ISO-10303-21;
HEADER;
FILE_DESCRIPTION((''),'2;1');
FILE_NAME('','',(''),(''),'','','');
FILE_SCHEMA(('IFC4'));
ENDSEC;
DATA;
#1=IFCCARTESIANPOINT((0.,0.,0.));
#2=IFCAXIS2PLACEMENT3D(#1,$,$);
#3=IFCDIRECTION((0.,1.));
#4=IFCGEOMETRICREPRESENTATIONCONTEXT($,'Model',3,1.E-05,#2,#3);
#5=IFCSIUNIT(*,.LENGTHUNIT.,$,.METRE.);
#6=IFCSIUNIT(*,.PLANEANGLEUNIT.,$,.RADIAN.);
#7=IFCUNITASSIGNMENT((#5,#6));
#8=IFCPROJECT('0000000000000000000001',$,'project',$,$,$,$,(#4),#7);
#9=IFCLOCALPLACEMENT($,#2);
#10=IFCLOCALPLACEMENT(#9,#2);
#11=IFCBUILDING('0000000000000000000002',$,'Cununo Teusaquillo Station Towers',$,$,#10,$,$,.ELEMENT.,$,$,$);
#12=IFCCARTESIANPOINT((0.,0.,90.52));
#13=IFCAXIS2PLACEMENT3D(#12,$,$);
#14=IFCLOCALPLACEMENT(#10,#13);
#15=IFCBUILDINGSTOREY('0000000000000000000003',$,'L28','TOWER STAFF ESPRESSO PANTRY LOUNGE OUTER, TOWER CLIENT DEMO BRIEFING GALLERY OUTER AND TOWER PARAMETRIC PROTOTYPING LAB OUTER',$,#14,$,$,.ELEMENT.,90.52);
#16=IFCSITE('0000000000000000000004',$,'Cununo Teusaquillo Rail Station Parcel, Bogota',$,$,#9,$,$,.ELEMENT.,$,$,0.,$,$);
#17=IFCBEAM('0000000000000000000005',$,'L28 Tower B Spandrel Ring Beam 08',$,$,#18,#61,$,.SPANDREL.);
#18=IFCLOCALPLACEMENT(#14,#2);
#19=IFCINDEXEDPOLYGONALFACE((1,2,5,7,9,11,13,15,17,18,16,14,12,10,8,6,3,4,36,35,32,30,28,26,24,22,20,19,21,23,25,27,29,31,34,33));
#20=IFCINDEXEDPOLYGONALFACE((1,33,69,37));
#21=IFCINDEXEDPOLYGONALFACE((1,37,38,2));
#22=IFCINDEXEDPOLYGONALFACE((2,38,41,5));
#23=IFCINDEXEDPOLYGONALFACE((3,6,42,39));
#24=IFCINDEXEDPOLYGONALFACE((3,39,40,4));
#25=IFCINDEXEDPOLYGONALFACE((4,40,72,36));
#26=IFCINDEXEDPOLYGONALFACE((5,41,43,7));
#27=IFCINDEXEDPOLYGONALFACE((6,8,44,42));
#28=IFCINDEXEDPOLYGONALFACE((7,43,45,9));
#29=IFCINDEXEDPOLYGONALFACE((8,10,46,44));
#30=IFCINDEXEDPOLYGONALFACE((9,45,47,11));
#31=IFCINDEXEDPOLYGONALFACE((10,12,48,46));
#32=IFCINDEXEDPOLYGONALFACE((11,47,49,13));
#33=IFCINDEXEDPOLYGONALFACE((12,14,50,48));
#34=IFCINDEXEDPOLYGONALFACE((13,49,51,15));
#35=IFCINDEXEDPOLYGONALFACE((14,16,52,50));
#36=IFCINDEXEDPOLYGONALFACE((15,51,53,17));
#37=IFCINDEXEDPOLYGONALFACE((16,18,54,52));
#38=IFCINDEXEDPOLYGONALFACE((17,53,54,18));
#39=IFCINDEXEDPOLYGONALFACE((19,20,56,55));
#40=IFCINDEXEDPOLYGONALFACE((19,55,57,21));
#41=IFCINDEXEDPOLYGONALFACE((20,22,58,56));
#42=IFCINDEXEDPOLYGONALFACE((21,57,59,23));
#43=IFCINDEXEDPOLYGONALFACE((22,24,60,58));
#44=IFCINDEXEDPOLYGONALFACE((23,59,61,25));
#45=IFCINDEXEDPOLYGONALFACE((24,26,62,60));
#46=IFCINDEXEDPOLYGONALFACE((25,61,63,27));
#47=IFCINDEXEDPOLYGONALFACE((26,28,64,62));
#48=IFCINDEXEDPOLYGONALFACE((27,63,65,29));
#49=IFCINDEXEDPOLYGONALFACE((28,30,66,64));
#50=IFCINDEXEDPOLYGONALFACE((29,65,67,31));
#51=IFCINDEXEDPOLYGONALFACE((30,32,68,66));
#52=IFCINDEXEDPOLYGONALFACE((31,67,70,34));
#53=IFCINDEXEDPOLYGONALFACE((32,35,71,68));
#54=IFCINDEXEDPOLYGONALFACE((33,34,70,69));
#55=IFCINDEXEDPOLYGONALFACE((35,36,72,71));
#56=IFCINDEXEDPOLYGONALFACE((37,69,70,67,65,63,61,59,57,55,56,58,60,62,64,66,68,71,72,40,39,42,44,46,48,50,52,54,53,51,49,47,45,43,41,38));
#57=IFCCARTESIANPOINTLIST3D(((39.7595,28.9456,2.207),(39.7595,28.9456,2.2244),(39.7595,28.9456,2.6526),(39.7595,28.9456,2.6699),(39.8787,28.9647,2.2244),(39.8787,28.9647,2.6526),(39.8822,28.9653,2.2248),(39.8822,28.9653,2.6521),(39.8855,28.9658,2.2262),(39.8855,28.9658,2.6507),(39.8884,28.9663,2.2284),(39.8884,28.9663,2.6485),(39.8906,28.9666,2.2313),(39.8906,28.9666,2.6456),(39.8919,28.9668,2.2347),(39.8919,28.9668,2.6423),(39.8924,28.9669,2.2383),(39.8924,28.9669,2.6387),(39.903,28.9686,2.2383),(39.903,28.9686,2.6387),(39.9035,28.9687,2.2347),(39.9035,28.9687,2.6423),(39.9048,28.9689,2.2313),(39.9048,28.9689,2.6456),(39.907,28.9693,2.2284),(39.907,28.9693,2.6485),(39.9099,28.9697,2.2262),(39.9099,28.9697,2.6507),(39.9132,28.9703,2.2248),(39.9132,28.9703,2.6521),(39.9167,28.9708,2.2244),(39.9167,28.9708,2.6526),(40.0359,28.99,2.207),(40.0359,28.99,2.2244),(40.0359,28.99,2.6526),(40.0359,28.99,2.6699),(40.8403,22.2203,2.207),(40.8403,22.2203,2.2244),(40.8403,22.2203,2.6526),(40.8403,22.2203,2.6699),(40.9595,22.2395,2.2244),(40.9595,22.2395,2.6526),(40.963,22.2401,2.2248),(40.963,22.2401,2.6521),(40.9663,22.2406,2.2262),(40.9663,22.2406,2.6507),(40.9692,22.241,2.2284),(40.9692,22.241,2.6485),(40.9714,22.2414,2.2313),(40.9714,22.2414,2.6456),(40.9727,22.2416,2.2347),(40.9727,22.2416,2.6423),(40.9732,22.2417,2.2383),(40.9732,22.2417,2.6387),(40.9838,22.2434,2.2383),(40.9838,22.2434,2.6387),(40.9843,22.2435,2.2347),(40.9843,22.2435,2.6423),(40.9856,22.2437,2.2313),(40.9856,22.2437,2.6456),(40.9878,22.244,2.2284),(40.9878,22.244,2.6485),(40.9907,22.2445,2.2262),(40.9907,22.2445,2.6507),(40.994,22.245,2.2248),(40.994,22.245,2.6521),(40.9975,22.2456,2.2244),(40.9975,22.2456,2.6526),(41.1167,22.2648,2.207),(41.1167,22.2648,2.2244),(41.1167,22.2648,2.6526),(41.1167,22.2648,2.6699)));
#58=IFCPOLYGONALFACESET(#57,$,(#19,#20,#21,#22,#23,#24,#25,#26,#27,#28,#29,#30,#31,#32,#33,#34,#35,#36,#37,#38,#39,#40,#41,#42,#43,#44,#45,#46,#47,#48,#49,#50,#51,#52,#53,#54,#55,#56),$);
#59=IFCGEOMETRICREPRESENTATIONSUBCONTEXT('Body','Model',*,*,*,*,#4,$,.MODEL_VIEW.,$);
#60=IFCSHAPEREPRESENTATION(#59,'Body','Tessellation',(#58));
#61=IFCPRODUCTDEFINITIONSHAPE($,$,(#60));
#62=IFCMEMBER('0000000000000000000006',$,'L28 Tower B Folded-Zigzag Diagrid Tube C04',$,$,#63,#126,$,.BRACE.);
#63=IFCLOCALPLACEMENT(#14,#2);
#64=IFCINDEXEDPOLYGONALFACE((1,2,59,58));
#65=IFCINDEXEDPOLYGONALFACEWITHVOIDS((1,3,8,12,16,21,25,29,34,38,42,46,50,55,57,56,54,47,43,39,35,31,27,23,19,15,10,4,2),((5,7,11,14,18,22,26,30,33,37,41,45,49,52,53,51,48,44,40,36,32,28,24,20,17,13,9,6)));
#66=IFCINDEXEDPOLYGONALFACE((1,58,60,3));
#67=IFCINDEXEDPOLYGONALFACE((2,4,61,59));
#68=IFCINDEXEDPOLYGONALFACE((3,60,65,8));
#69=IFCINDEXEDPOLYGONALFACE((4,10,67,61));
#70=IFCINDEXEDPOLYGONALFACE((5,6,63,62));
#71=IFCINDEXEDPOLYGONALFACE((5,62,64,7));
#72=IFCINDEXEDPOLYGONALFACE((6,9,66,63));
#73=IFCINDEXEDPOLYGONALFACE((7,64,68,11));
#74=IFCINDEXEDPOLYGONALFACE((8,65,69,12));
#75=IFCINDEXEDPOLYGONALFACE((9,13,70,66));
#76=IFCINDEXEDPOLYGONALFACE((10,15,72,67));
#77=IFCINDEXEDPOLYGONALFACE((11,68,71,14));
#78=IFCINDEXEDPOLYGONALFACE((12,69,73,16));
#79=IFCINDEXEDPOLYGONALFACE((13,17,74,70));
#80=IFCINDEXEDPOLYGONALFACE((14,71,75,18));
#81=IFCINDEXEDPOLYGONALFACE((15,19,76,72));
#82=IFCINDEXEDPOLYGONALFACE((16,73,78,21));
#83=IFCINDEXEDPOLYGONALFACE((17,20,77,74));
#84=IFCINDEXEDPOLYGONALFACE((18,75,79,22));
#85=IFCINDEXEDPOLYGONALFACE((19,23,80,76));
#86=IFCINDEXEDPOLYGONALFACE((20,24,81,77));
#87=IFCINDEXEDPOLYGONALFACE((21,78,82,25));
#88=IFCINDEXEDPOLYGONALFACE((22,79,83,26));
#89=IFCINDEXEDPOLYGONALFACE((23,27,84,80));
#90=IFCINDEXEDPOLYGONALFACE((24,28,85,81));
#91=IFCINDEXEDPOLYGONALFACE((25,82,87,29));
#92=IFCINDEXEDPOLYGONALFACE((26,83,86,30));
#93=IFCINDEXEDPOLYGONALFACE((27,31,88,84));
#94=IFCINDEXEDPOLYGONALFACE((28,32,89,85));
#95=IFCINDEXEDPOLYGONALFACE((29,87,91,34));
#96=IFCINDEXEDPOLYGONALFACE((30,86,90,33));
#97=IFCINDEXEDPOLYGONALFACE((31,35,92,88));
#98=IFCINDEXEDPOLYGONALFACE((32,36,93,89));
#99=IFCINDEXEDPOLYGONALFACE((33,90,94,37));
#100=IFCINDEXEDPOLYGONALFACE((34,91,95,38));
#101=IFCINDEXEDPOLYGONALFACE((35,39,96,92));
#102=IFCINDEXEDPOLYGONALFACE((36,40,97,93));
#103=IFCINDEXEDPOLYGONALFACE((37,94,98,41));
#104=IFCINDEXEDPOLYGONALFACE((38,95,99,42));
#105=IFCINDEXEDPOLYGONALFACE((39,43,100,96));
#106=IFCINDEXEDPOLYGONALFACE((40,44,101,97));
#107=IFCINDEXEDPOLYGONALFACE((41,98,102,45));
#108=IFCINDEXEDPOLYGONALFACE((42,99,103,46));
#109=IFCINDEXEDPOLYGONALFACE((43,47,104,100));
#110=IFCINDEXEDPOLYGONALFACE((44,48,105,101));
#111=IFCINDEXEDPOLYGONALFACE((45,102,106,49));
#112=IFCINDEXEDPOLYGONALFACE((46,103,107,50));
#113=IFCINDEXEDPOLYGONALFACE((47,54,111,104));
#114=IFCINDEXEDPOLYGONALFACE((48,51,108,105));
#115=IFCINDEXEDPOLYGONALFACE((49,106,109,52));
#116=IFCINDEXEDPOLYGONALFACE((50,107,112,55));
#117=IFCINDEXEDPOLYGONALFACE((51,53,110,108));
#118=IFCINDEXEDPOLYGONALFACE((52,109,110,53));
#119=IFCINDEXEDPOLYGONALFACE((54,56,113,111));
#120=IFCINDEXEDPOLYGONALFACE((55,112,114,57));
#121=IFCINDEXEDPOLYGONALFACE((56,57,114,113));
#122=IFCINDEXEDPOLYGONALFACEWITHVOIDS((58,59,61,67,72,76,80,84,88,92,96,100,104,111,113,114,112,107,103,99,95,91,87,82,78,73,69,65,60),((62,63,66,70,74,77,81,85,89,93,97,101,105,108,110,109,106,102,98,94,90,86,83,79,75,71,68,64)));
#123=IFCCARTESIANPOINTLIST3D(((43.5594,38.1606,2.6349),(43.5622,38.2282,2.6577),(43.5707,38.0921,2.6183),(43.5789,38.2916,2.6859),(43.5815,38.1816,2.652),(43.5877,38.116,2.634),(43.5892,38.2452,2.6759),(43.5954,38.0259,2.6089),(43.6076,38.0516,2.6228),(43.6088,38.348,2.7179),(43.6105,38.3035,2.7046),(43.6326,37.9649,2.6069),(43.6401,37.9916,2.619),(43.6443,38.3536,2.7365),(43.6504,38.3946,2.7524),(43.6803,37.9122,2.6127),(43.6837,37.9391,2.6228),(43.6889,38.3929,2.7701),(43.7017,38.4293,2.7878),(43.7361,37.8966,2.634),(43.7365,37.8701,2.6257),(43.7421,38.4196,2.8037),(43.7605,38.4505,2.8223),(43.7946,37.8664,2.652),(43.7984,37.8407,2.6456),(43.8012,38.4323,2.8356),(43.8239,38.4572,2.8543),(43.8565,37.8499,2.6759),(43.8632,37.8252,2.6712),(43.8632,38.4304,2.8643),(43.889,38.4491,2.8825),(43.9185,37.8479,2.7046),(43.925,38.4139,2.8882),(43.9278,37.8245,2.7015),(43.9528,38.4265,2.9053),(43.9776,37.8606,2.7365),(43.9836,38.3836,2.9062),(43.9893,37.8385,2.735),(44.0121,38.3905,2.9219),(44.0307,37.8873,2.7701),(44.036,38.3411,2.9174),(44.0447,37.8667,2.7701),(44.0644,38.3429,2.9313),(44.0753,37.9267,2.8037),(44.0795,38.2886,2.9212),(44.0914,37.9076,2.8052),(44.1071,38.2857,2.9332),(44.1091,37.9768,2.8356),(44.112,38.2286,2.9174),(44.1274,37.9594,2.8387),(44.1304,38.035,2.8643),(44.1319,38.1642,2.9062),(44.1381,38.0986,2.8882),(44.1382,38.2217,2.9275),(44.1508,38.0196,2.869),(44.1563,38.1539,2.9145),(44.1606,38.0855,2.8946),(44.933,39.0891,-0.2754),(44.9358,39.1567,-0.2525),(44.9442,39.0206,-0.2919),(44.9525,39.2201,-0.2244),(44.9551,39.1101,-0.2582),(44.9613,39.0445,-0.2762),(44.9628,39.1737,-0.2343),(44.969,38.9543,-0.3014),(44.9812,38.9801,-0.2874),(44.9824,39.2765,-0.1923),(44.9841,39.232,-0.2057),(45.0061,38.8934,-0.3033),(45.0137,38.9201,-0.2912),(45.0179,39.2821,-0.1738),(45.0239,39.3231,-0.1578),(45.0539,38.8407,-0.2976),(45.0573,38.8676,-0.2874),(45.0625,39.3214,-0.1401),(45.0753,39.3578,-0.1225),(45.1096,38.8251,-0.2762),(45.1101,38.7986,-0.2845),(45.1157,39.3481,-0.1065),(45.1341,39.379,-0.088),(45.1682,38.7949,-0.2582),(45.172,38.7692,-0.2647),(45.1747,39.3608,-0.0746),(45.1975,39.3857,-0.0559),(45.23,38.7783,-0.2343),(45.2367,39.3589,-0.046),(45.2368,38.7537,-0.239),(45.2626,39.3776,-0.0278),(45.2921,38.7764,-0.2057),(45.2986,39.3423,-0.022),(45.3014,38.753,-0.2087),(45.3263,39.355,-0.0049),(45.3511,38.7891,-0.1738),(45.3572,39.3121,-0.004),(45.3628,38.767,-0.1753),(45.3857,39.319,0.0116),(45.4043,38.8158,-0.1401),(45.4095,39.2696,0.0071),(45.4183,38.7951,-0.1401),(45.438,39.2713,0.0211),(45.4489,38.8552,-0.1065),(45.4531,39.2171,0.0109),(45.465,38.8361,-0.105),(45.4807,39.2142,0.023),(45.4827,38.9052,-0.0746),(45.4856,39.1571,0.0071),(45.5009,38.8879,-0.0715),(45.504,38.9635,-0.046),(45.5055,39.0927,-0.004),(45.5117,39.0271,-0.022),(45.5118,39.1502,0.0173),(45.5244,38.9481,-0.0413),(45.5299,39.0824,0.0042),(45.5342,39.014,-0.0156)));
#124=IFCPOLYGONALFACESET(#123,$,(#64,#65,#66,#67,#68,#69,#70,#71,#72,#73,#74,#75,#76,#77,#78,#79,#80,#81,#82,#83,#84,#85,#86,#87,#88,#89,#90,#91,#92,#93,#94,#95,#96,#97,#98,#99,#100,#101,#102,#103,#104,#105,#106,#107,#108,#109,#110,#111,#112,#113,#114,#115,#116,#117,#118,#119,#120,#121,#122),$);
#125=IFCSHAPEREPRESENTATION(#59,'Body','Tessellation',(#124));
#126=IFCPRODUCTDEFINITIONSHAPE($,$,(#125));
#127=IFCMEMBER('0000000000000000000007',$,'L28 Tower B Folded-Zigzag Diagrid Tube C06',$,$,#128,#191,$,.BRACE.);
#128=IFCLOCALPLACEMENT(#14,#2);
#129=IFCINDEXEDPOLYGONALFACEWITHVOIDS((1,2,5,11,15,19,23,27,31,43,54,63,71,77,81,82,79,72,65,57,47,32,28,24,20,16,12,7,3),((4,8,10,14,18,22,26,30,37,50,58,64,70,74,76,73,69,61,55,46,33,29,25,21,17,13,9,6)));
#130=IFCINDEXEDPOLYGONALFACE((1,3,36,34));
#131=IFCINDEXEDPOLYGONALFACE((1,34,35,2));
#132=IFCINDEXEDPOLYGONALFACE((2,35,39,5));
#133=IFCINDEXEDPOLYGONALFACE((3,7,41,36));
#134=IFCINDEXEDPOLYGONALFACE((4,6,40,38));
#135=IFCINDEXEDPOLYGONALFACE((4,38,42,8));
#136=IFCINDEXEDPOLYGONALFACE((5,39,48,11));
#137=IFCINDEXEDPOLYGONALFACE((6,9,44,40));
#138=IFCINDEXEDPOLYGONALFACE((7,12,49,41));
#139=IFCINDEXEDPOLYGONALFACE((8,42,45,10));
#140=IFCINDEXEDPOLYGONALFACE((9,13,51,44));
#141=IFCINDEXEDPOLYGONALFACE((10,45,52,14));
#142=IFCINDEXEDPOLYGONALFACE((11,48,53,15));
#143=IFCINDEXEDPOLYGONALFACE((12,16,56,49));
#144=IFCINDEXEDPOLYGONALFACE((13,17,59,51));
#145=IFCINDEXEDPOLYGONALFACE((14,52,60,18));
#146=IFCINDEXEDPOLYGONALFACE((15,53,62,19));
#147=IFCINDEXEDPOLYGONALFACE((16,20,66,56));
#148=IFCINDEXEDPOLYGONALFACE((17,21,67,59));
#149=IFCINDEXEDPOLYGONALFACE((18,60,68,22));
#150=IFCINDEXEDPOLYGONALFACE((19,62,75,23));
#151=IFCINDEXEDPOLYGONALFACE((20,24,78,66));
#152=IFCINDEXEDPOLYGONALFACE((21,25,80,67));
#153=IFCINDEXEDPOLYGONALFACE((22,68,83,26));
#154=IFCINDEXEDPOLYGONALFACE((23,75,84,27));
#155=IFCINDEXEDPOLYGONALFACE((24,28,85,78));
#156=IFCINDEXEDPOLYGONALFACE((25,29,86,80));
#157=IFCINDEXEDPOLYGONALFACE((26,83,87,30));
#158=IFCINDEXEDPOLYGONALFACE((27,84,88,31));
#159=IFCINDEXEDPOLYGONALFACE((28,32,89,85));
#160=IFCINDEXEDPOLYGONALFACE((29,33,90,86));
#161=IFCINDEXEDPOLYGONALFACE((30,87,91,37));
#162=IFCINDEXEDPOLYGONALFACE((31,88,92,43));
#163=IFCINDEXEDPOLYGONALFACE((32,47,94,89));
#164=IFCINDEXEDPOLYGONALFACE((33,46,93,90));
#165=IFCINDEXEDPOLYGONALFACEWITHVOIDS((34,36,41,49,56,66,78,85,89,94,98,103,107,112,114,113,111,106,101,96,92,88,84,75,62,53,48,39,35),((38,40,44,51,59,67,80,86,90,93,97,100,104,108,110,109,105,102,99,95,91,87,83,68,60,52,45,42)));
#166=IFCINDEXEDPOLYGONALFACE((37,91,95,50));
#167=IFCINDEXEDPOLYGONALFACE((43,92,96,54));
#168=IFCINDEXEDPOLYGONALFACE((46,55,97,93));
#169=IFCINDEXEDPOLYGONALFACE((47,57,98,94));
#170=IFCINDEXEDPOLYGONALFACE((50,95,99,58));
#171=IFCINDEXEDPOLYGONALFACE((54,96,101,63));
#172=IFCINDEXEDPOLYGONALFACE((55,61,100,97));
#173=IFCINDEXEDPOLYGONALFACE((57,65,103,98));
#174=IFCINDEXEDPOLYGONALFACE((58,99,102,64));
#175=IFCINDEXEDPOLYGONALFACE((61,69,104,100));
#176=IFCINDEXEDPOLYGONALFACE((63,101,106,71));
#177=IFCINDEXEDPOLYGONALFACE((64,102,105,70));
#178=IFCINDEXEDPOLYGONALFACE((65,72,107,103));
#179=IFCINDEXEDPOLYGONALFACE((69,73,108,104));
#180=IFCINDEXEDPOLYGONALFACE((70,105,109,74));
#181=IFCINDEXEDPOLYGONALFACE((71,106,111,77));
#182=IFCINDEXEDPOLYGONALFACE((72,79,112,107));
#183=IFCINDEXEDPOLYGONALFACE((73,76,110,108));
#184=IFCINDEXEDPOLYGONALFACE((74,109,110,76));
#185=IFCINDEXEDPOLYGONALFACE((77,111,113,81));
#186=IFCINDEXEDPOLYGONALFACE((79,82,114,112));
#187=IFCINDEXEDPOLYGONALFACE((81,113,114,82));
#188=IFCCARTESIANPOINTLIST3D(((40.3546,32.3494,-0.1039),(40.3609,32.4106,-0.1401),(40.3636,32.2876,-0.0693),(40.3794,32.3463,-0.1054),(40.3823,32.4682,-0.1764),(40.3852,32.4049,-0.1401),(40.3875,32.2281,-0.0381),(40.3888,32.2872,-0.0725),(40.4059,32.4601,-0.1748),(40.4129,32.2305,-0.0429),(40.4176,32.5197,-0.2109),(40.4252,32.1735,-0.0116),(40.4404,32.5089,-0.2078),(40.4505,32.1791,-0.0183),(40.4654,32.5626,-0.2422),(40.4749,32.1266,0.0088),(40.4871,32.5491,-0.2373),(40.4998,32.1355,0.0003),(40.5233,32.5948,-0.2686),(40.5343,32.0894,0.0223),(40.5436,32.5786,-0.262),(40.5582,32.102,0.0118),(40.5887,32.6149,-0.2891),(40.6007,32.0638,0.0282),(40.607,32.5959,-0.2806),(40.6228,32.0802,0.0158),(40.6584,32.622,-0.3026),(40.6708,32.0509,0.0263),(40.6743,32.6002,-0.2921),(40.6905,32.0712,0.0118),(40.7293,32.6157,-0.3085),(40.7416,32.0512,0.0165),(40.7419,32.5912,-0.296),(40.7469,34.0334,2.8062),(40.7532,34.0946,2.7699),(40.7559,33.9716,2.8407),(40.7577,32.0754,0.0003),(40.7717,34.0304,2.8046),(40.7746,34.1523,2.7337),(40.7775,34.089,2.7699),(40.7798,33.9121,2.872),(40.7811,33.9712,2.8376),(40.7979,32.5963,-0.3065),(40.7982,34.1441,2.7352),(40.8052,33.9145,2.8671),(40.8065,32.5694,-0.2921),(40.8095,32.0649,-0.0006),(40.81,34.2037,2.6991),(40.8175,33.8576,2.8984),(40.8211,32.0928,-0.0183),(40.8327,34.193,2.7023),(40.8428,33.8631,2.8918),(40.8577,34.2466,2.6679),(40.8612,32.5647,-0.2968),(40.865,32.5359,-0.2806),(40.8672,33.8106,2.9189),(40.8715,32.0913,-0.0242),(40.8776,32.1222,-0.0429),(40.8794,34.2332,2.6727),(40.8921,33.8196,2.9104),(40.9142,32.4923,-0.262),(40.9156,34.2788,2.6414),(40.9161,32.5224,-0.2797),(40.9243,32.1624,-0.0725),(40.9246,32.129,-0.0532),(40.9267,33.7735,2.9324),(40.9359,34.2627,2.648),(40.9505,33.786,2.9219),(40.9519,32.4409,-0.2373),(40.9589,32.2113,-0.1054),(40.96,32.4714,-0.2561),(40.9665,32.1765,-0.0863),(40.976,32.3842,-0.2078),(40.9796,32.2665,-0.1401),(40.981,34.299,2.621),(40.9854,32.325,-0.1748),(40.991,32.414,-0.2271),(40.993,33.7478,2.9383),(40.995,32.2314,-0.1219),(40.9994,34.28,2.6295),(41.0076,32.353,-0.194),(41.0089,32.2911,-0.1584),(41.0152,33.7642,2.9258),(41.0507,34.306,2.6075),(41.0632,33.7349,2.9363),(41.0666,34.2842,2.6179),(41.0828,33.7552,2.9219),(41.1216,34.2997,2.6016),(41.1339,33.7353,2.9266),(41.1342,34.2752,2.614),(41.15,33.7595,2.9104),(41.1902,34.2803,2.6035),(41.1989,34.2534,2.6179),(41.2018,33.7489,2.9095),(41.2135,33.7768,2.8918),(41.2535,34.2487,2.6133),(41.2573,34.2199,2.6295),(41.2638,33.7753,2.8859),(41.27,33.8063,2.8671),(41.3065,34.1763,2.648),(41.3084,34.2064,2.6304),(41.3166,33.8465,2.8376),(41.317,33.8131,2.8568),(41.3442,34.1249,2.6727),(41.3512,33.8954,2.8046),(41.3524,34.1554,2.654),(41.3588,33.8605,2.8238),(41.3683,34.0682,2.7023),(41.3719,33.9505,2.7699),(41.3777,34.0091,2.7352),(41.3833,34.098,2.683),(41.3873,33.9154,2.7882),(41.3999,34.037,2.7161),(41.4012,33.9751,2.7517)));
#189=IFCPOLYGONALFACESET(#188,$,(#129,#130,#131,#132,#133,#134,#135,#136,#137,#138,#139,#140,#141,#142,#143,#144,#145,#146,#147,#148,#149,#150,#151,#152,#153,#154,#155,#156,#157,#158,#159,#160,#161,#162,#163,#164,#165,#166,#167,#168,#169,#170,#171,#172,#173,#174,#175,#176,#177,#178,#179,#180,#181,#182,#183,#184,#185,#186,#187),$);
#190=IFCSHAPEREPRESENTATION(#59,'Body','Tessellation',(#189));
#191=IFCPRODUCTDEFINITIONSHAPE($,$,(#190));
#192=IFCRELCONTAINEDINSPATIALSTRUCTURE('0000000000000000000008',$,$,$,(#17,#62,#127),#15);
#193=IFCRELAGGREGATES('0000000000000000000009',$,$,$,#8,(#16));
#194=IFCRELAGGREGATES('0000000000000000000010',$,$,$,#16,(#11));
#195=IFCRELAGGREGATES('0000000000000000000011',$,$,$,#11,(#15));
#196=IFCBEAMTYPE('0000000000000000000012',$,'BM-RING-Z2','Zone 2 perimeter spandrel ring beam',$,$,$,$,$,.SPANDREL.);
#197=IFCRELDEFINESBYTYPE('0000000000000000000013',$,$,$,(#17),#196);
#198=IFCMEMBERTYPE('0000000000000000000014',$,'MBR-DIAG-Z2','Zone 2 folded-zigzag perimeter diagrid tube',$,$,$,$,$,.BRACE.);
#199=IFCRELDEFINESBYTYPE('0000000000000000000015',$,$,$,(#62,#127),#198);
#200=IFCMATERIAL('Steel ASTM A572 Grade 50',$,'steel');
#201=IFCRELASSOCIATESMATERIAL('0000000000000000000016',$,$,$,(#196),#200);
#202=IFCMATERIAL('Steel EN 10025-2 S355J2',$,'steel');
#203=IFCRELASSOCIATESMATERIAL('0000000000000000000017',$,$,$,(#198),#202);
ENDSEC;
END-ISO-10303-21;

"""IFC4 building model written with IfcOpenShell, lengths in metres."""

from ifc_helpers import new_model, si_unit, direction, frame, origin, origin_2d, place, context, subcontext, project, spatial, hollow_circle, i_section, extrude, material, material_profile, profile_set, type_object, element, save


model = new_model("IFC4")

# Units and contexts
model_context = context("Model", 3, precision=1e-05, world=origin(), true_north=direction((0.0, 1.0)))
body_context = subcontext(model_context, "Body", "Model", "MODEL_VIEW")
ifc_project = project(units=[si_unit("LENGTHUNIT", "METRE"), si_unit("PLANEANGLEUNIT", "RADIAN")], contexts=[model_context])

# Site, building, storey
site_placement = place(None, origin())
site = spatial("IfcSite", under=ifc_project, at=site_placement, Name="Cununo Teusaquillo Rail Station Parcel, Bogota", CompositionType="ELEMENT", RefElevation=0.0)
building_placement = place(site_placement, origin())
building = spatial("IfcBuilding", under=site, at=building_placement, Name="Cununo Teusaquillo Station Towers", CompositionType="ELEMENT")
storey_placement = place(building_placement, frame((0.0, 0.0, 90.52)))
storey = spatial("IfcBuildingStorey", under=building, at=storey_placement, Name="L28", Description="TOWER STAFF ESPRESSO PANTRY LOUNGE OUTER, TOWER CLIENT DEMO BRIEFING GALLERY OUTER AND TOWER PARAMETRIC PROTOTYPING LAB OUTER", CompositionType="ELEMENT", Elevation=90.52)

# Beam
ifc_material_1 = material(Name="Steel ASTM A572 Grade 50", Category="steel")
ifc_material_profile_1 = material_profile(ifc_material_1, i_section(OverallWidth=0.28, OverallDepth=0.4629, WebThickness=0.0107, FlangeThickness=0.0173, FilletRadius=0.0139, at=origin_2d()), Name="W18X76")
ifc_profile_set_1 = profile_set([ifc_material_profile_1], Name="Steel ASTM A572 Grade 50")
beam_type_1 = type_object("IfcBeamType", Name="BM-RING-Z2", Description="Zone 2 perimeter spandrel ring beam", PredefinedType="SPANDREL", material=ifc_profile_set_1)
beam_1_placement = place(storey_placement, frame((39.8977, 28.9678, 2.4385), z_axis=(0.158671, -0.987331, 0.0), x_axis=(0.987331, 0.158671, 0.0)))
element("IfcBeam", 1, at=beam_1_placement, inside=storey, type_object=beam_type_1, Name="L28 Tower B Spandrel Ring Beam 08", PredefinedType="SPANDREL", context=body_context, shape_type="SweptSolid", body=[
    extrude(i_section(OverallWidth=0.28, OverallDepth=0.4629, WebThickness=0.0107, FlangeThickness=0.0173, FilletRadius=0.0139, at=origin_2d()), origin(), (0.0, 0.0, 1.0), 6.8115),
])

# Members
ifc_material_2 = material(Name="Steel EN 10025-2 S355J2", Category="steel")
ifc_material_profile_2 = material_profile(ifc_material_2, hollow_circle(Radius=0.3301, WallThickness=0.0249, at=origin_2d()), Name="CHS 660x25")
ifc_profile_set_2 = profile_set([ifc_material_profile_2], Name="Steel EN 10025-2 S355J2")
member_type = type_object("IfcMemberType", Name="MBR-DIAG-Z2", Description="Zone 2 folded-zigzag perimeter diagrid tube", PredefinedType="BRACE", material=ifc_profile_set_2)
member_1_placement = place(storey_placement, frame((45.2334, 39.0686, -0.1401), z_axis=(-0.410099, -0.277214, 0.868891), x_axis=(0.560024, -0.828476, 0.0)))
element("IfcMember", 2, at=member_1_placement, inside=storey, type_object=member_type, Name="L28 Tower B Folded-Zigzag Diagrid Tube C04", PredefinedType="BRACE", context=body_context, shape_type="SweptSolid", body=[
    extrude(hollow_circle(Radius=0.3301, WallThickness=0.0249, at=origin_2d()), origin(), (0.0, 0.0, 1.0), 3.3494),
])
member_2_placement = place(storey_placement, frame((40.6824, 32.3357, -0.1401), z_axis=(0.115899, 0.497495, 0.85969), x_axis=(-0.97392, 0.22689, 0.0)))
element("IfcMember", 3, at=member_2_placement, inside=storey, type_object=member_type, Name="L28 Tower B Folded-Zigzag Diagrid Tube C06", PredefinedType="BRACE", context=body_context, shape_type="SweptSolid", body=[
    extrude(hollow_circle(Radius=0.3301, WallThickness=0.0249, at=origin_2d()), origin(), (0.0, 0.0, 1.0), 3.385),
])

save(model, "model.ifc")
